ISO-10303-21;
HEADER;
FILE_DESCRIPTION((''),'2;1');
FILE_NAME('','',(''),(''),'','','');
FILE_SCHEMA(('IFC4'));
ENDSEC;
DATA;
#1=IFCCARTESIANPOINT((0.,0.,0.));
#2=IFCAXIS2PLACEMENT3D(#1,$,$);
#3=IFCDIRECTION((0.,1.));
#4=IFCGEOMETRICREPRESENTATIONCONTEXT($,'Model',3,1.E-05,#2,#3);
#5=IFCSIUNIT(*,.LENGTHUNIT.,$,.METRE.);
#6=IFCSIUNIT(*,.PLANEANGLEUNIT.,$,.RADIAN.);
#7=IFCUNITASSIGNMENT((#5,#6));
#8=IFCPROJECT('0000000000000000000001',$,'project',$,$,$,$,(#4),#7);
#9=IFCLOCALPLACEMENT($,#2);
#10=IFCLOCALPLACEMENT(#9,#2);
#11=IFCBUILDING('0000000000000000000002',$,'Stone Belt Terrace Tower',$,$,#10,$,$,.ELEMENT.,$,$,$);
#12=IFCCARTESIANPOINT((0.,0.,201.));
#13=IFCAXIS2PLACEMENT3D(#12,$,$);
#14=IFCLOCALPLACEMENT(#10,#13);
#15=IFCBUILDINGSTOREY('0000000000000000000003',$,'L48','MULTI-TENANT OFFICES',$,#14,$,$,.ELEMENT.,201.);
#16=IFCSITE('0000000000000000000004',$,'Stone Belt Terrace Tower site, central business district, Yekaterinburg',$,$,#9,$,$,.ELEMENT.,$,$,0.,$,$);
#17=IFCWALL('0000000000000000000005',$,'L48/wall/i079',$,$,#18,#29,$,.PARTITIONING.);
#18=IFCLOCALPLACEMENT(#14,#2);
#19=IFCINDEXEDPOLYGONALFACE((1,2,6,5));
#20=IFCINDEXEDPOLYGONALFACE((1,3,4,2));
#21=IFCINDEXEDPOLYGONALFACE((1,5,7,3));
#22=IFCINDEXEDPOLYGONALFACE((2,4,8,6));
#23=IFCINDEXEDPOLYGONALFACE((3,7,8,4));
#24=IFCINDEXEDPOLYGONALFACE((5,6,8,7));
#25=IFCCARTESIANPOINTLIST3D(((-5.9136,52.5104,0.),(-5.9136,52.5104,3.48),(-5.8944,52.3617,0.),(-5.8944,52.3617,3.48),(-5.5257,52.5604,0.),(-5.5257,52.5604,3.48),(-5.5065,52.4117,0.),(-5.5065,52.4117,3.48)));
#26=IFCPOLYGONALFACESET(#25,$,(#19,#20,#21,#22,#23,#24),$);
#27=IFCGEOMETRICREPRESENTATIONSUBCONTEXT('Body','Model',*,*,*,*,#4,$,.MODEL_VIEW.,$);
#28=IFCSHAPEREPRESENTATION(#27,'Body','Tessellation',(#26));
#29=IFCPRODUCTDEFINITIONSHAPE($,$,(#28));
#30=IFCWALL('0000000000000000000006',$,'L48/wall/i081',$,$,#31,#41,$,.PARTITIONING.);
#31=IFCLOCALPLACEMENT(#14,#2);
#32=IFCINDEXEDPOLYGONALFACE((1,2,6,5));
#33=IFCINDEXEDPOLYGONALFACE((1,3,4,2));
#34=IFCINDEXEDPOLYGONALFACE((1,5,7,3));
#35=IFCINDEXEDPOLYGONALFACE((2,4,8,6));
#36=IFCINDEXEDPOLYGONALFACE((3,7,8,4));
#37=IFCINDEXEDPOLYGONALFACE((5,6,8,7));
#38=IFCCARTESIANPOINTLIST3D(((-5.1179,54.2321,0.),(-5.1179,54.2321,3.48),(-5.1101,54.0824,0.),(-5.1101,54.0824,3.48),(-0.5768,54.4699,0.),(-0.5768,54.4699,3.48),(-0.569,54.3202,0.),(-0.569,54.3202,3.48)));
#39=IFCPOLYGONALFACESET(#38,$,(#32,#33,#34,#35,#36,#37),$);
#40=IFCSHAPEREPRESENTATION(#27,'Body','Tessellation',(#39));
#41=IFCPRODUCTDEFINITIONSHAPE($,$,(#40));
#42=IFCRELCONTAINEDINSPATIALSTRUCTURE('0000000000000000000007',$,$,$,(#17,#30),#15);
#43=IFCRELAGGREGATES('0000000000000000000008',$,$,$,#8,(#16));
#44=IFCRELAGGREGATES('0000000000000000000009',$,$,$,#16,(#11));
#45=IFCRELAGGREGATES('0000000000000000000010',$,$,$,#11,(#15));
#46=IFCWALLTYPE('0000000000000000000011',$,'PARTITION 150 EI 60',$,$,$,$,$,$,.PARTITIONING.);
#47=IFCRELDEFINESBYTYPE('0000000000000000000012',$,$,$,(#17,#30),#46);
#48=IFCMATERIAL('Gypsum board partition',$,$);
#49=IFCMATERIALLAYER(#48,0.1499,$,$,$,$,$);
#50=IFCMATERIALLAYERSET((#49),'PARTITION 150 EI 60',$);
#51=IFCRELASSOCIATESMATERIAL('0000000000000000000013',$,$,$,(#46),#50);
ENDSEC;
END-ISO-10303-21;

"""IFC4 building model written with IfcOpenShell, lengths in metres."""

from ifc_helpers import new_model, si_unit, direction, frame, frame_2d, origin, place, context, subcontext, project, spatial, rectangle, extrude, material, layer, layer_set, type_object, element, save


model = new_model("IFC4")

# Units and contexts
model_context = context("Model", 3, precision=1e-05, world=origin(), true_north=direction((0.0, 1.0)))
body_context = subcontext(model_context, "Body", "Model", "MODEL_VIEW")
ifc_project = project(units=[si_unit("LENGTHUNIT", "METRE"), si_unit("PLANEANGLEUNIT", "RADIAN")], contexts=[model_context])

# Site, building, storey
site_placement = place(None, origin())
site = spatial("IfcSite", under=ifc_project, at=site_placement, Name="Stone Belt Terrace Tower site, central business district, Yekaterinburg", CompositionType="ELEMENT", RefElevation=0.0)
building_placement = place(site_placement, origin())
building = spatial("IfcBuilding", under=site, at=building_placement, Name="Stone Belt Terrace Tower", CompositionType="ELEMENT")
storey_placement = place(building_placement, frame((0.0, 0.0, 201.0)))
storey = spatial("IfcBuildingStorey", under=building, at=storey_placement, Name="L48", Description="MULTI-TENANT OFFICES", CompositionType="ELEMENT", Elevation=201.0)

# Shared definitions
ifc_material_1 = material(Name="Gypsum board partition")

# Walls
ifc_layer_1 = layer(ifc_material_1, 0.1499)
ifc_layer_set_1 = layer_set([ifc_layer_1], Name="PARTITION 150 EI 60")
wall_type_1 = type_object("IfcWallType", Name="PARTITION 150 EI 60", PredefinedType="PARTITIONING", material=ifc_layer_set_1)
wall_1_placement = place(storey_placement, frame((-5.5161, 52.4861, 0.0), z_axis=(0.0, 0.0, 1.0), x_axis=(-0.99178, -0.127952, 0.0)))
element("IfcWall", 1, at=wall_1_placement, inside=storey, type_object=wall_type_1, Name="L48/wall/i079", PredefinedType="PARTITIONING", context=body_context, shape_type="SweptSolid", body=[
    extrude(rectangle(XDim=0.3911, YDim=0.1499, at=frame_2d((0.1956, 0.0))), origin(), (0.0, 0.0, 1.0), 3.48),
])
wall_2_placement = place(storey_placement, frame((-5.114, 54.1572, 0.0), z_axis=(0.0, 0.0, 1.0), x_axis=(0.998632, 0.052291, 0.0)))
element("IfcWall", 2, at=wall_2_placement, inside=storey, type_object=wall_type_1, Name="L48/wall/i081", PredefinedType="PARTITIONING", context=body_context, shape_type="SweptSolid", body=[
    extrude(rectangle(XDim=4.5474, YDim=0.1499, at=frame_2d((2.2737, 0.0))), origin(), (0.0, 0.0, 1.0), 3.48),
])

save(model, "model.ifc")
